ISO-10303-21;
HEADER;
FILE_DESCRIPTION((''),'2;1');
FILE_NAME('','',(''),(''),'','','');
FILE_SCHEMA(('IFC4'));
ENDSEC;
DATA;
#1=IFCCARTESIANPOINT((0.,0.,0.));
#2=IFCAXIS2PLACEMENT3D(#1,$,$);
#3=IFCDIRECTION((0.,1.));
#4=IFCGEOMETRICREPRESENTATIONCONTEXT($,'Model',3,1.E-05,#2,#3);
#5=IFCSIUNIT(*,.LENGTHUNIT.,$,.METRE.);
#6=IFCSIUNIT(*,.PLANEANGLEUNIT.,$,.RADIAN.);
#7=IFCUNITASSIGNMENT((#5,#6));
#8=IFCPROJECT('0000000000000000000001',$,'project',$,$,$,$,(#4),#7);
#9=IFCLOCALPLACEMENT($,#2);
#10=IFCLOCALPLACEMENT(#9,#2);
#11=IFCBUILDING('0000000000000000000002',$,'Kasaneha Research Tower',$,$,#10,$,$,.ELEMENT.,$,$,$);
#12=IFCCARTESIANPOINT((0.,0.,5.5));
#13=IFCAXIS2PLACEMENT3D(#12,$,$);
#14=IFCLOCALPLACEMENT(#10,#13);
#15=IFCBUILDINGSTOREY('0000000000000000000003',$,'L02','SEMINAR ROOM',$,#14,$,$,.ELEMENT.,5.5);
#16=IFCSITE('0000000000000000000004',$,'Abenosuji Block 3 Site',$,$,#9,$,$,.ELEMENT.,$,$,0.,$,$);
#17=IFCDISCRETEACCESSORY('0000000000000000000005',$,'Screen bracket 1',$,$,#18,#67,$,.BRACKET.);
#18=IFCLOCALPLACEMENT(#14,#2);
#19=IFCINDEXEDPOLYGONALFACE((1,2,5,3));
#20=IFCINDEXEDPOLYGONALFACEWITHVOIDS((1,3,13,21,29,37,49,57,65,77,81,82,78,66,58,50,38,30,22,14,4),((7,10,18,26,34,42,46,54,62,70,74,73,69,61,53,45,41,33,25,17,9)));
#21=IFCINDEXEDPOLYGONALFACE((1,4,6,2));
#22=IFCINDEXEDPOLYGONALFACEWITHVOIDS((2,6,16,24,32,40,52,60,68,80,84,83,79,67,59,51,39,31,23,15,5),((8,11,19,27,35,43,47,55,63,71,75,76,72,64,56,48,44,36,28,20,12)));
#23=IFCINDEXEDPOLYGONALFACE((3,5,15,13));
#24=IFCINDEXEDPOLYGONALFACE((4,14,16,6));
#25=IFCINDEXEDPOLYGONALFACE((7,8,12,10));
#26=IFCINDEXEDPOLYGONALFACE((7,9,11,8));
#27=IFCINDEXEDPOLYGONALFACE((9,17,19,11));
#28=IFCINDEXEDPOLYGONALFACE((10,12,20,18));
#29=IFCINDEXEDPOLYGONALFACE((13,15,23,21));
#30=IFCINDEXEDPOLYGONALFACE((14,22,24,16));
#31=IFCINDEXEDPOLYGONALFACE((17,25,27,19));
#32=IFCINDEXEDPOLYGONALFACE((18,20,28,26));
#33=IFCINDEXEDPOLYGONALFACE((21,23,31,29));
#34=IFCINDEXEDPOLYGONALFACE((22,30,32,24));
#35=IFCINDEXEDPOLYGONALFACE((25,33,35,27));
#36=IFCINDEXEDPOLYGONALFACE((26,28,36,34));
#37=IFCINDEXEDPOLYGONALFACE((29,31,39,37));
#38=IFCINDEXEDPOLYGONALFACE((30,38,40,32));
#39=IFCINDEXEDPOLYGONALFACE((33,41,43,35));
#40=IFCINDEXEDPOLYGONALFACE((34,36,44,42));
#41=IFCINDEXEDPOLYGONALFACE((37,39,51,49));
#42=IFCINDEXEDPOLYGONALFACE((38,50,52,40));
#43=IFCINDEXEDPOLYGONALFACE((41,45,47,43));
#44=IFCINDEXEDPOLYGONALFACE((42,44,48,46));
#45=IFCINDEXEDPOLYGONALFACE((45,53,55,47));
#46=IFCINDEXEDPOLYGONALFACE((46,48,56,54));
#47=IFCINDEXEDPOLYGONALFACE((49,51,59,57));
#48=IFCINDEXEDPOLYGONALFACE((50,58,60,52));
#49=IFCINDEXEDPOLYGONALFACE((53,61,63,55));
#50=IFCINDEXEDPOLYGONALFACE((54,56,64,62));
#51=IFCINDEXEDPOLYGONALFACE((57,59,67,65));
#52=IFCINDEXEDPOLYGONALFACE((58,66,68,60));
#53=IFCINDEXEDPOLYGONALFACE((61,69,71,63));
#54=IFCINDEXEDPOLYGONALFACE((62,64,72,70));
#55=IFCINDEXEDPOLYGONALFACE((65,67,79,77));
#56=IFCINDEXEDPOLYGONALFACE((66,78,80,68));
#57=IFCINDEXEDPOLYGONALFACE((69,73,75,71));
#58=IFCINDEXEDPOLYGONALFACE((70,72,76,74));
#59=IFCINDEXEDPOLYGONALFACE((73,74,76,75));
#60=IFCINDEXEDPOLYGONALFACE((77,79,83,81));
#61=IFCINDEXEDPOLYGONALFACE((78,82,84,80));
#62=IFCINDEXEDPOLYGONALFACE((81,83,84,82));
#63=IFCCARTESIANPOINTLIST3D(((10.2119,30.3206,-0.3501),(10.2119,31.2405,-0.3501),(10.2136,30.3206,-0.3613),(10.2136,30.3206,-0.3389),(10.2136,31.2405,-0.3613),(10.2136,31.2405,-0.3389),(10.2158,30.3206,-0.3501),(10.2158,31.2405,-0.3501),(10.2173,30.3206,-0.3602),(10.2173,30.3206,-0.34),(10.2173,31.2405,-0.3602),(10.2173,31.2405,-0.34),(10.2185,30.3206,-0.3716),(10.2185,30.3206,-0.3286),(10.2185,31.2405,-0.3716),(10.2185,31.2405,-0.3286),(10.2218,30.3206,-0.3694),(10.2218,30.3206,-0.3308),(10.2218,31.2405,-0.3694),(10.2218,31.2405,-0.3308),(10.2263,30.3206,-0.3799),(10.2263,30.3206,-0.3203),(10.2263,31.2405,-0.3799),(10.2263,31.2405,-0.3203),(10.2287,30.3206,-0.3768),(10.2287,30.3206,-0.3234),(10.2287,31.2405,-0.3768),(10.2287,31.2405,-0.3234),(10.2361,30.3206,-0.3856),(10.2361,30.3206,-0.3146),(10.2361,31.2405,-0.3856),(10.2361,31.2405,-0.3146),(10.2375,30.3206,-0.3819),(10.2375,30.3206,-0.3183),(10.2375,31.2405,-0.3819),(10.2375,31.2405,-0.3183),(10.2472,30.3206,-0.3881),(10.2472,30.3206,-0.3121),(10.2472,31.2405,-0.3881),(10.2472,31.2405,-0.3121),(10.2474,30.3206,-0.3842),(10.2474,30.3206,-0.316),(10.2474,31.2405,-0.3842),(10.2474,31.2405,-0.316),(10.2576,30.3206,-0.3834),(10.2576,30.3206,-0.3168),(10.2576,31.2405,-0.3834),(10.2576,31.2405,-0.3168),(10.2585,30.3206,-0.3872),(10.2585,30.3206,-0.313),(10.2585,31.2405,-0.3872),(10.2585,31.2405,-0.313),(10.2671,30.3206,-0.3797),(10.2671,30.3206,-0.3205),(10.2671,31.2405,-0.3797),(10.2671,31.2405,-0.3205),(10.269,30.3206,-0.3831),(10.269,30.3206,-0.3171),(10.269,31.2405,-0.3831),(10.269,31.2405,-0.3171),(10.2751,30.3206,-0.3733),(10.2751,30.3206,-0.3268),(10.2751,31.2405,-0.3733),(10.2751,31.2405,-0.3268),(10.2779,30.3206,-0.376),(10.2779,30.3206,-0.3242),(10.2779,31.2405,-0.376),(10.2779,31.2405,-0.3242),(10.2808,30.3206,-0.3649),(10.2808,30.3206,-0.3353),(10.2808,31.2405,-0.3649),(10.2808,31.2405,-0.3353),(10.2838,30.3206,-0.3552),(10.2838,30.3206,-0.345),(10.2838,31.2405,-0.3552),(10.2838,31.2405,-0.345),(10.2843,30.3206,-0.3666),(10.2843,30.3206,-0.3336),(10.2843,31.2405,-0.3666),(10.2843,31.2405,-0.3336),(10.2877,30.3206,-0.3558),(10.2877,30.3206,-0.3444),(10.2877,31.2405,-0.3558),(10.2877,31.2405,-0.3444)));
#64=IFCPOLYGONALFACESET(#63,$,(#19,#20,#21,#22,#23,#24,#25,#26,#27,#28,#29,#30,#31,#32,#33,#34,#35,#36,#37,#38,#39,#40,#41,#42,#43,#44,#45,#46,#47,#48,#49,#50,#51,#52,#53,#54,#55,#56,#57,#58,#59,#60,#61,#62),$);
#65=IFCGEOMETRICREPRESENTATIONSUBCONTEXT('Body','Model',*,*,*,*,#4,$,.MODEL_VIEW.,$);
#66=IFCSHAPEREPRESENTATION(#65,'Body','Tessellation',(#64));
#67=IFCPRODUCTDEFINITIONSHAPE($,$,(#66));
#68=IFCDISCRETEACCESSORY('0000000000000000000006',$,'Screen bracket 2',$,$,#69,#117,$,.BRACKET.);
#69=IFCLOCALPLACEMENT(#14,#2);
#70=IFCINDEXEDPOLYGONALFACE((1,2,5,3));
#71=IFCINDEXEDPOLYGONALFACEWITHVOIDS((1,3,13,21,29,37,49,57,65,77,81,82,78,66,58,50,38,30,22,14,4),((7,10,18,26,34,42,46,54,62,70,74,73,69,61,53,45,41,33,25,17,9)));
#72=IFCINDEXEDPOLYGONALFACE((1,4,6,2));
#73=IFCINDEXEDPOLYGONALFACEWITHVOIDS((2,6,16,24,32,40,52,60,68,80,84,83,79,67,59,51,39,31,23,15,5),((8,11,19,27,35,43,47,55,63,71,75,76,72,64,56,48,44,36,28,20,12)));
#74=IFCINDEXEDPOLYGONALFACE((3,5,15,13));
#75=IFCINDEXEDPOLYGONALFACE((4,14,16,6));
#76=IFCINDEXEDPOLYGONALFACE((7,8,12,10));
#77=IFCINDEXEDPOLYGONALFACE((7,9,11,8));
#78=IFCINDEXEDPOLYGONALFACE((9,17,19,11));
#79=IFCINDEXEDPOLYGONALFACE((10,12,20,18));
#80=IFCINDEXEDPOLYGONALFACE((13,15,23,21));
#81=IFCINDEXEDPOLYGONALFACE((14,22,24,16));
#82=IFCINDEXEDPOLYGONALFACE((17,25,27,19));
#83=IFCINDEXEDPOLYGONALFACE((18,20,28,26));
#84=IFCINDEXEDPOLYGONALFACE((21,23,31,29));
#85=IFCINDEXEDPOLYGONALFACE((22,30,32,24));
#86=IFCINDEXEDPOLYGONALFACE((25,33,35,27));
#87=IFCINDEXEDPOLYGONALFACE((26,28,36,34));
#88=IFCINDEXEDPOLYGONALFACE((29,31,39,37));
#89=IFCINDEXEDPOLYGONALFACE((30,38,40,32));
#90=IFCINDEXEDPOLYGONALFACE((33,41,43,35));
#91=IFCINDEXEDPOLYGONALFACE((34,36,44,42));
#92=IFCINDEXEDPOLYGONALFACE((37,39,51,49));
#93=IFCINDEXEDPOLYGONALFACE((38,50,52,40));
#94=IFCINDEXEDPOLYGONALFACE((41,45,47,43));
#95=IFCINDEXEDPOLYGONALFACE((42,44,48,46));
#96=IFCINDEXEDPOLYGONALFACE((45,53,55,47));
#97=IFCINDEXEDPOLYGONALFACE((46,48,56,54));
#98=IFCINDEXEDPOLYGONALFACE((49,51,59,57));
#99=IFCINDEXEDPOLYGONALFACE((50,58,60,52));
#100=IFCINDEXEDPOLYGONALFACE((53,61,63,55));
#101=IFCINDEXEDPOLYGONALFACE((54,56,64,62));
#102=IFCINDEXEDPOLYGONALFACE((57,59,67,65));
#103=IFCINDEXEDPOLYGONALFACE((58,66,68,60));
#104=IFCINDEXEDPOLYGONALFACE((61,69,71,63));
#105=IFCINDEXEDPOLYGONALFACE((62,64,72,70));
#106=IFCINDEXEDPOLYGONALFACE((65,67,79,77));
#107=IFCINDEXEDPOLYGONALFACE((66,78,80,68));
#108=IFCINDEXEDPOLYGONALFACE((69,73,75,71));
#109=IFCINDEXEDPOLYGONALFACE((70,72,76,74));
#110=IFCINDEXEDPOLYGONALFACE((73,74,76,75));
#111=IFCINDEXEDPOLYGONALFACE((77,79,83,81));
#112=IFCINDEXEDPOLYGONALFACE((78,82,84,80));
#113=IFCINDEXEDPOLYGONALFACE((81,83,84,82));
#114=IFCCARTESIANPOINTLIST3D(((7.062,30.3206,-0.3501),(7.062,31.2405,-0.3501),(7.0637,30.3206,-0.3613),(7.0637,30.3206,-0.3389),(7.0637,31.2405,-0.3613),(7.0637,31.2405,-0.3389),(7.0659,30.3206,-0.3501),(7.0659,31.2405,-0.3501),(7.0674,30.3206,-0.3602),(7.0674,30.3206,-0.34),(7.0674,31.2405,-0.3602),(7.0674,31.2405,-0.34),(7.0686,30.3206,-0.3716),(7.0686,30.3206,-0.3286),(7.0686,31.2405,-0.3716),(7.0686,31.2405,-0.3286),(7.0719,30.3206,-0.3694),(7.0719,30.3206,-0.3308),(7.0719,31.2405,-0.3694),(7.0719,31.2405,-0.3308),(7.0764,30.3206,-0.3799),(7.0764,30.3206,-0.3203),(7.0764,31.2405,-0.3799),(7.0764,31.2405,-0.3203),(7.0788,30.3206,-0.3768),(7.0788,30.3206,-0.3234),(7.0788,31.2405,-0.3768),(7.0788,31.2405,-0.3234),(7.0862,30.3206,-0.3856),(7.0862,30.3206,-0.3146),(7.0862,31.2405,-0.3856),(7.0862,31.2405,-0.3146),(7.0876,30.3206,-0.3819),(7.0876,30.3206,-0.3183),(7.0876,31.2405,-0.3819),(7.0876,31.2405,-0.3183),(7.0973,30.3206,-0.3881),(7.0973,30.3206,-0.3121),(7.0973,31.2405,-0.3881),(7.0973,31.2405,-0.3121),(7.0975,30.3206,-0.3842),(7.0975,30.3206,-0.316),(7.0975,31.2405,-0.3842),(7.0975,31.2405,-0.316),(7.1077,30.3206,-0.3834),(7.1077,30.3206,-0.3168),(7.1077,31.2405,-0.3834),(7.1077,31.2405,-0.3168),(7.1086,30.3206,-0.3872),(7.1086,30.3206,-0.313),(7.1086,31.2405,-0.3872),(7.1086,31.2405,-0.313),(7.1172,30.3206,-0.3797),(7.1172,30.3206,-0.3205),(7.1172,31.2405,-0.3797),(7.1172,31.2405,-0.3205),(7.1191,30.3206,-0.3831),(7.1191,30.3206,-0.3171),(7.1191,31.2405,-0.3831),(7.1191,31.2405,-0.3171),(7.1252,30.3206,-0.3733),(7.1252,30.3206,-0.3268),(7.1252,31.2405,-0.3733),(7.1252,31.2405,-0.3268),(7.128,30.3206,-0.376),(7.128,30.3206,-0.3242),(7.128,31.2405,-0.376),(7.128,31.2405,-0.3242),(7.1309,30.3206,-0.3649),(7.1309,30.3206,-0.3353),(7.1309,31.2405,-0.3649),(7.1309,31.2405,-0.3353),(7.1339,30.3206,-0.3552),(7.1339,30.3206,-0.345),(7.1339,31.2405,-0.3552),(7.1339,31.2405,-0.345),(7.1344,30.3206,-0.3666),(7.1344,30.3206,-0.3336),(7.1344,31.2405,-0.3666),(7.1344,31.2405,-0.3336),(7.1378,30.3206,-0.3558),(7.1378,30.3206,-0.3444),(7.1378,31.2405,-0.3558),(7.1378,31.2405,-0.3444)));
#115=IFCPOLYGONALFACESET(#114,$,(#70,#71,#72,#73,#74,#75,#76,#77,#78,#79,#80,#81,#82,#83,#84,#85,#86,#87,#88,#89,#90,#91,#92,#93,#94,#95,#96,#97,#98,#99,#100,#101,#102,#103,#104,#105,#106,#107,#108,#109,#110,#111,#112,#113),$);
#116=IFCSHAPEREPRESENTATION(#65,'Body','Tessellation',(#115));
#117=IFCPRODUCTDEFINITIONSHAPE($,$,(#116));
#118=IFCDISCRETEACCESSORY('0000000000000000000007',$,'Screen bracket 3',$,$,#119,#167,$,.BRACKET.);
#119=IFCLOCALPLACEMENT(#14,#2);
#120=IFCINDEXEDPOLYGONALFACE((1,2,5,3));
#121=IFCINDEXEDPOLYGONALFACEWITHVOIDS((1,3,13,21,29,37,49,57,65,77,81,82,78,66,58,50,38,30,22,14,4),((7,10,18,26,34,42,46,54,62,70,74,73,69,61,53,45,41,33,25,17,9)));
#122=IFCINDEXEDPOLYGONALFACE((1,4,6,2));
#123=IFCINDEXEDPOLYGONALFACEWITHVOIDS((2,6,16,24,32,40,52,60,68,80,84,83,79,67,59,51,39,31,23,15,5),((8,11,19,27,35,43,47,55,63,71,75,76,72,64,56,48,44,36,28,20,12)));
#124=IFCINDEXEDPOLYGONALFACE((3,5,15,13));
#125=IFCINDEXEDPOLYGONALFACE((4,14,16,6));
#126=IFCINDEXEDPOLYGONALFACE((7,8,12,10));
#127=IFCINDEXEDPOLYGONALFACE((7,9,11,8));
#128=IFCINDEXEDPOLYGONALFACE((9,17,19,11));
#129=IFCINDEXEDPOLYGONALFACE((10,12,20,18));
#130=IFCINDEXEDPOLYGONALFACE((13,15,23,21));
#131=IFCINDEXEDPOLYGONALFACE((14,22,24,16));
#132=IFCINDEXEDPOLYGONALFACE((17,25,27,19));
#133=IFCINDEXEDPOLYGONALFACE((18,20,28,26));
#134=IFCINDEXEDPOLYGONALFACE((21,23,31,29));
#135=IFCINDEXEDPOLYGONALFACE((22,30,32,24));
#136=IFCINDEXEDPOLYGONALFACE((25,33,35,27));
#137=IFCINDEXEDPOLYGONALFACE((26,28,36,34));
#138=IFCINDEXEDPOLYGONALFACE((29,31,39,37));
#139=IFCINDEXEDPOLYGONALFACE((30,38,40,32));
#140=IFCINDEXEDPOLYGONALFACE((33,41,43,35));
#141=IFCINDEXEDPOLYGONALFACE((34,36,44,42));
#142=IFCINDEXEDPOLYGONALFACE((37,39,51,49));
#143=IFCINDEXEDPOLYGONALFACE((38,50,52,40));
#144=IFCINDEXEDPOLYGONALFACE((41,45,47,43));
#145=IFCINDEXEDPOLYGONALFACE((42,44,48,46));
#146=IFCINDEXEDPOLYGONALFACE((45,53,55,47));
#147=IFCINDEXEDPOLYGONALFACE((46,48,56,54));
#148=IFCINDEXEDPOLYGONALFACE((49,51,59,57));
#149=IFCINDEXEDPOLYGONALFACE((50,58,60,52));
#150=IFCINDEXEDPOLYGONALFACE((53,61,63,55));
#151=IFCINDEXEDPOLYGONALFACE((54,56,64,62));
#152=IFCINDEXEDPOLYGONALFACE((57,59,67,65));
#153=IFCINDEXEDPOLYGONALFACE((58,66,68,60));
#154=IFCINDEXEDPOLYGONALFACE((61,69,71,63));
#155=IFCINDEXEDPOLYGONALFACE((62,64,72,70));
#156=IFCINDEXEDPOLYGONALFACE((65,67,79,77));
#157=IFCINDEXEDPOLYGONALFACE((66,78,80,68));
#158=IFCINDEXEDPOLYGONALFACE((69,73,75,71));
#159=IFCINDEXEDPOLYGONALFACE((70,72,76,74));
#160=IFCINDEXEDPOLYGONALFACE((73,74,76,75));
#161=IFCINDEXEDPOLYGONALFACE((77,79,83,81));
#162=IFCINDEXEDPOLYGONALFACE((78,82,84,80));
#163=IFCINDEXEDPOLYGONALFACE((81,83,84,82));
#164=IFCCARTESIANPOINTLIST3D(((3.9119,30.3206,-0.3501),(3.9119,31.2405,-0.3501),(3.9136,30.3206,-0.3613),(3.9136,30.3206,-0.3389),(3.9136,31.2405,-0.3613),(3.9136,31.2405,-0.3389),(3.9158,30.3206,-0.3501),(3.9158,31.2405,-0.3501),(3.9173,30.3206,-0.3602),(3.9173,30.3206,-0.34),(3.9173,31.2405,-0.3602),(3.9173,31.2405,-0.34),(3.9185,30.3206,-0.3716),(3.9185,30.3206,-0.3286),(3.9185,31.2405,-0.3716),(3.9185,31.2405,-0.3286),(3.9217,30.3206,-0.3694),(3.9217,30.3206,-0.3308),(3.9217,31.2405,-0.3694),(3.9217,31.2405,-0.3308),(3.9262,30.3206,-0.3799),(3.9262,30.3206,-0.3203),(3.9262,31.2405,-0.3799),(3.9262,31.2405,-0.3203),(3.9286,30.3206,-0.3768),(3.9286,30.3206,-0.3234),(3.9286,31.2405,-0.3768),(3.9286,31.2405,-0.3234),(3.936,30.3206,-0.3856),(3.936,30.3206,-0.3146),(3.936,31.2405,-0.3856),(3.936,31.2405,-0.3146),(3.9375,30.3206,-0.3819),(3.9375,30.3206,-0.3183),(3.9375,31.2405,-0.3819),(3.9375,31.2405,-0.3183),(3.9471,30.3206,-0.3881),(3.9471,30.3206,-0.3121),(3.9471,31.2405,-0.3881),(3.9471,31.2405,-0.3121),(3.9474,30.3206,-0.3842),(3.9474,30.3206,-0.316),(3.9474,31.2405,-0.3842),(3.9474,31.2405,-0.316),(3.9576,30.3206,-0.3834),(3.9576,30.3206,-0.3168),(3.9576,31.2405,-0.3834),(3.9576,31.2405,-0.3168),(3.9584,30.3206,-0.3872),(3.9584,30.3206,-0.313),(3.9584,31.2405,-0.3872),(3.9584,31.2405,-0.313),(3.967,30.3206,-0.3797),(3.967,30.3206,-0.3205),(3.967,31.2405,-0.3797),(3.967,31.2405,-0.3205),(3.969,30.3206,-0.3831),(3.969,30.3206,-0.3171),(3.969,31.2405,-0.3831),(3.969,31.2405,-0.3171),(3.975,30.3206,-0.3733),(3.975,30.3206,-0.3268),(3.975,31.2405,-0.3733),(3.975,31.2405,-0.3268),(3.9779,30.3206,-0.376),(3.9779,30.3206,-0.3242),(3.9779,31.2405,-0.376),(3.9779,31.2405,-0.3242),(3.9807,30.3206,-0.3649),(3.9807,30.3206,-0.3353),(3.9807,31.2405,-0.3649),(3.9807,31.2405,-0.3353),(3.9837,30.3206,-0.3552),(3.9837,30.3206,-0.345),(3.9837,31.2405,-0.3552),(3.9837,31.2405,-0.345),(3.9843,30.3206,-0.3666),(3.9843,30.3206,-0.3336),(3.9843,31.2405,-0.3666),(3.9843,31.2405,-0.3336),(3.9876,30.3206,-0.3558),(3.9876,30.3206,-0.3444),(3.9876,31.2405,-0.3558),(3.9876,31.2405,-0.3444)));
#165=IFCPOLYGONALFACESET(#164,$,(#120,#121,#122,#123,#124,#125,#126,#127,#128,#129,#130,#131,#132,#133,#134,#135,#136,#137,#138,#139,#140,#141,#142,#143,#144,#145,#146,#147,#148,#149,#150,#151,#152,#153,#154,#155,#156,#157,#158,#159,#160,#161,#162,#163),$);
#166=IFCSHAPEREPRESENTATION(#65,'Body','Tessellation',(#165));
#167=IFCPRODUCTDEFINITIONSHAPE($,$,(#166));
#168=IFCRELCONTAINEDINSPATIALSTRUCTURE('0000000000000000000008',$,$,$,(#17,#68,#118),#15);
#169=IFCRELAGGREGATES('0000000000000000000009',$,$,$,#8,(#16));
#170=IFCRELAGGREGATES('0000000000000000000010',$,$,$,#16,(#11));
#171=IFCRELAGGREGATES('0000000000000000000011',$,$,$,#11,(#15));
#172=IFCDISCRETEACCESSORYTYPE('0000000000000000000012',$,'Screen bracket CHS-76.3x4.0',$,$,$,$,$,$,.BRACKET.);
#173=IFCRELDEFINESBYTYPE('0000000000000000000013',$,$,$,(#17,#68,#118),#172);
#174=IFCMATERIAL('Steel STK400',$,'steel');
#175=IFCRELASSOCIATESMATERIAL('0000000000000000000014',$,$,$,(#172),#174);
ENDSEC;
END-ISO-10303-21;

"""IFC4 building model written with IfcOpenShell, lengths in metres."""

from ifc_helpers import new_model, si_unit, direction, frame, origin, origin_2d, place, context, subcontext, project, spatial, hollow_circle, extrude, material, material_profile, profile_set, type_object, element, save


model = new_model("IFC4")

# Units and contexts
model_context = context("Model", 3, precision=1e-05, world=origin(), true_north=direction((0.0, 1.0)))
body_context = subcontext(model_context, "Body", "Model", "MODEL_VIEW")
ifc_project = project(units=[si_unit("LENGTHUNIT", "METRE"), si_unit("PLANEANGLEUNIT", "RADIAN")], contexts=[model_context])

# Site, building, storey
site_placement = place(None, origin())
site = spatial("IfcSite", under=ifc_project, at=site_placement, Name="Abenosuji Block 3 Site", CompositionType="ELEMENT", RefElevation=0.0)
building_placement = place(site_placement, origin())
building = spatial("IfcBuilding", under=site, at=building_placement, Name="Kasaneha Research Tower", CompositionType="ELEMENT")
storey_placement = place(building_placement, frame((0.0, 0.0, 5.5)))
storey = spatial("IfcBuildingStorey", under=building, at=storey_placement, Name="L02", Description="SEMINAR ROOM", CompositionType="ELEMENT", Elevation=5.5)

# Discrete accessories
ifc_material_1 = material(Name="Steel STK400", Category="steel")
ifc_material_profile_1 = material_profile(ifc_material_1, hollow_circle(Radius=0.0381, WallThickness=0.0039, at=origin_2d()), Name="CHS-76.3x4.0")
ifc_profile_set_1 = profile_set([ifc_material_profile_1], Name="Steel STK400")
discrete_accessory_type = type_object("IfcDiscreteAccessoryType", Name="Screen bracket CHS-76.3x4.0", PredefinedType="BRACKET", material=ifc_profile_set_1)
for number, where, z_axis, x_axis, name in (
    (1, (10.25, 30.3206, -0.3501), (0.0, 1.0, 0.0), (-1.0, 0.0, 0.0), "Screen bracket 1"),
    (2, (7.1001, 30.3206, -0.3501), (0.0, 1.0, 0.0), (-1.0, 0.0, 0.0), "Screen bracket 2"),
    (3, (3.95, 30.3206, -0.3501), (0.0, 1.0, 0.0), (-1.0, 0.0, 0.0), "Screen bracket 3"),
):
    element("IfcDiscreteAccessory", number, at=place(storey_placement, frame(where, z_axis=z_axis, x_axis=x_axis)), inside=storey, type_object=discrete_accessory_type, Name=name, PredefinedType="BRACKET", context=body_context, shape_type="SweptSolid", body=[
        extrude(hollow_circle(Radius=0.0381, WallThickness=0.0039, at=origin_2d()), origin(), (0.0, 0.0, 1.0), 0.9199),
    ])

save(model, "model.ifc")
